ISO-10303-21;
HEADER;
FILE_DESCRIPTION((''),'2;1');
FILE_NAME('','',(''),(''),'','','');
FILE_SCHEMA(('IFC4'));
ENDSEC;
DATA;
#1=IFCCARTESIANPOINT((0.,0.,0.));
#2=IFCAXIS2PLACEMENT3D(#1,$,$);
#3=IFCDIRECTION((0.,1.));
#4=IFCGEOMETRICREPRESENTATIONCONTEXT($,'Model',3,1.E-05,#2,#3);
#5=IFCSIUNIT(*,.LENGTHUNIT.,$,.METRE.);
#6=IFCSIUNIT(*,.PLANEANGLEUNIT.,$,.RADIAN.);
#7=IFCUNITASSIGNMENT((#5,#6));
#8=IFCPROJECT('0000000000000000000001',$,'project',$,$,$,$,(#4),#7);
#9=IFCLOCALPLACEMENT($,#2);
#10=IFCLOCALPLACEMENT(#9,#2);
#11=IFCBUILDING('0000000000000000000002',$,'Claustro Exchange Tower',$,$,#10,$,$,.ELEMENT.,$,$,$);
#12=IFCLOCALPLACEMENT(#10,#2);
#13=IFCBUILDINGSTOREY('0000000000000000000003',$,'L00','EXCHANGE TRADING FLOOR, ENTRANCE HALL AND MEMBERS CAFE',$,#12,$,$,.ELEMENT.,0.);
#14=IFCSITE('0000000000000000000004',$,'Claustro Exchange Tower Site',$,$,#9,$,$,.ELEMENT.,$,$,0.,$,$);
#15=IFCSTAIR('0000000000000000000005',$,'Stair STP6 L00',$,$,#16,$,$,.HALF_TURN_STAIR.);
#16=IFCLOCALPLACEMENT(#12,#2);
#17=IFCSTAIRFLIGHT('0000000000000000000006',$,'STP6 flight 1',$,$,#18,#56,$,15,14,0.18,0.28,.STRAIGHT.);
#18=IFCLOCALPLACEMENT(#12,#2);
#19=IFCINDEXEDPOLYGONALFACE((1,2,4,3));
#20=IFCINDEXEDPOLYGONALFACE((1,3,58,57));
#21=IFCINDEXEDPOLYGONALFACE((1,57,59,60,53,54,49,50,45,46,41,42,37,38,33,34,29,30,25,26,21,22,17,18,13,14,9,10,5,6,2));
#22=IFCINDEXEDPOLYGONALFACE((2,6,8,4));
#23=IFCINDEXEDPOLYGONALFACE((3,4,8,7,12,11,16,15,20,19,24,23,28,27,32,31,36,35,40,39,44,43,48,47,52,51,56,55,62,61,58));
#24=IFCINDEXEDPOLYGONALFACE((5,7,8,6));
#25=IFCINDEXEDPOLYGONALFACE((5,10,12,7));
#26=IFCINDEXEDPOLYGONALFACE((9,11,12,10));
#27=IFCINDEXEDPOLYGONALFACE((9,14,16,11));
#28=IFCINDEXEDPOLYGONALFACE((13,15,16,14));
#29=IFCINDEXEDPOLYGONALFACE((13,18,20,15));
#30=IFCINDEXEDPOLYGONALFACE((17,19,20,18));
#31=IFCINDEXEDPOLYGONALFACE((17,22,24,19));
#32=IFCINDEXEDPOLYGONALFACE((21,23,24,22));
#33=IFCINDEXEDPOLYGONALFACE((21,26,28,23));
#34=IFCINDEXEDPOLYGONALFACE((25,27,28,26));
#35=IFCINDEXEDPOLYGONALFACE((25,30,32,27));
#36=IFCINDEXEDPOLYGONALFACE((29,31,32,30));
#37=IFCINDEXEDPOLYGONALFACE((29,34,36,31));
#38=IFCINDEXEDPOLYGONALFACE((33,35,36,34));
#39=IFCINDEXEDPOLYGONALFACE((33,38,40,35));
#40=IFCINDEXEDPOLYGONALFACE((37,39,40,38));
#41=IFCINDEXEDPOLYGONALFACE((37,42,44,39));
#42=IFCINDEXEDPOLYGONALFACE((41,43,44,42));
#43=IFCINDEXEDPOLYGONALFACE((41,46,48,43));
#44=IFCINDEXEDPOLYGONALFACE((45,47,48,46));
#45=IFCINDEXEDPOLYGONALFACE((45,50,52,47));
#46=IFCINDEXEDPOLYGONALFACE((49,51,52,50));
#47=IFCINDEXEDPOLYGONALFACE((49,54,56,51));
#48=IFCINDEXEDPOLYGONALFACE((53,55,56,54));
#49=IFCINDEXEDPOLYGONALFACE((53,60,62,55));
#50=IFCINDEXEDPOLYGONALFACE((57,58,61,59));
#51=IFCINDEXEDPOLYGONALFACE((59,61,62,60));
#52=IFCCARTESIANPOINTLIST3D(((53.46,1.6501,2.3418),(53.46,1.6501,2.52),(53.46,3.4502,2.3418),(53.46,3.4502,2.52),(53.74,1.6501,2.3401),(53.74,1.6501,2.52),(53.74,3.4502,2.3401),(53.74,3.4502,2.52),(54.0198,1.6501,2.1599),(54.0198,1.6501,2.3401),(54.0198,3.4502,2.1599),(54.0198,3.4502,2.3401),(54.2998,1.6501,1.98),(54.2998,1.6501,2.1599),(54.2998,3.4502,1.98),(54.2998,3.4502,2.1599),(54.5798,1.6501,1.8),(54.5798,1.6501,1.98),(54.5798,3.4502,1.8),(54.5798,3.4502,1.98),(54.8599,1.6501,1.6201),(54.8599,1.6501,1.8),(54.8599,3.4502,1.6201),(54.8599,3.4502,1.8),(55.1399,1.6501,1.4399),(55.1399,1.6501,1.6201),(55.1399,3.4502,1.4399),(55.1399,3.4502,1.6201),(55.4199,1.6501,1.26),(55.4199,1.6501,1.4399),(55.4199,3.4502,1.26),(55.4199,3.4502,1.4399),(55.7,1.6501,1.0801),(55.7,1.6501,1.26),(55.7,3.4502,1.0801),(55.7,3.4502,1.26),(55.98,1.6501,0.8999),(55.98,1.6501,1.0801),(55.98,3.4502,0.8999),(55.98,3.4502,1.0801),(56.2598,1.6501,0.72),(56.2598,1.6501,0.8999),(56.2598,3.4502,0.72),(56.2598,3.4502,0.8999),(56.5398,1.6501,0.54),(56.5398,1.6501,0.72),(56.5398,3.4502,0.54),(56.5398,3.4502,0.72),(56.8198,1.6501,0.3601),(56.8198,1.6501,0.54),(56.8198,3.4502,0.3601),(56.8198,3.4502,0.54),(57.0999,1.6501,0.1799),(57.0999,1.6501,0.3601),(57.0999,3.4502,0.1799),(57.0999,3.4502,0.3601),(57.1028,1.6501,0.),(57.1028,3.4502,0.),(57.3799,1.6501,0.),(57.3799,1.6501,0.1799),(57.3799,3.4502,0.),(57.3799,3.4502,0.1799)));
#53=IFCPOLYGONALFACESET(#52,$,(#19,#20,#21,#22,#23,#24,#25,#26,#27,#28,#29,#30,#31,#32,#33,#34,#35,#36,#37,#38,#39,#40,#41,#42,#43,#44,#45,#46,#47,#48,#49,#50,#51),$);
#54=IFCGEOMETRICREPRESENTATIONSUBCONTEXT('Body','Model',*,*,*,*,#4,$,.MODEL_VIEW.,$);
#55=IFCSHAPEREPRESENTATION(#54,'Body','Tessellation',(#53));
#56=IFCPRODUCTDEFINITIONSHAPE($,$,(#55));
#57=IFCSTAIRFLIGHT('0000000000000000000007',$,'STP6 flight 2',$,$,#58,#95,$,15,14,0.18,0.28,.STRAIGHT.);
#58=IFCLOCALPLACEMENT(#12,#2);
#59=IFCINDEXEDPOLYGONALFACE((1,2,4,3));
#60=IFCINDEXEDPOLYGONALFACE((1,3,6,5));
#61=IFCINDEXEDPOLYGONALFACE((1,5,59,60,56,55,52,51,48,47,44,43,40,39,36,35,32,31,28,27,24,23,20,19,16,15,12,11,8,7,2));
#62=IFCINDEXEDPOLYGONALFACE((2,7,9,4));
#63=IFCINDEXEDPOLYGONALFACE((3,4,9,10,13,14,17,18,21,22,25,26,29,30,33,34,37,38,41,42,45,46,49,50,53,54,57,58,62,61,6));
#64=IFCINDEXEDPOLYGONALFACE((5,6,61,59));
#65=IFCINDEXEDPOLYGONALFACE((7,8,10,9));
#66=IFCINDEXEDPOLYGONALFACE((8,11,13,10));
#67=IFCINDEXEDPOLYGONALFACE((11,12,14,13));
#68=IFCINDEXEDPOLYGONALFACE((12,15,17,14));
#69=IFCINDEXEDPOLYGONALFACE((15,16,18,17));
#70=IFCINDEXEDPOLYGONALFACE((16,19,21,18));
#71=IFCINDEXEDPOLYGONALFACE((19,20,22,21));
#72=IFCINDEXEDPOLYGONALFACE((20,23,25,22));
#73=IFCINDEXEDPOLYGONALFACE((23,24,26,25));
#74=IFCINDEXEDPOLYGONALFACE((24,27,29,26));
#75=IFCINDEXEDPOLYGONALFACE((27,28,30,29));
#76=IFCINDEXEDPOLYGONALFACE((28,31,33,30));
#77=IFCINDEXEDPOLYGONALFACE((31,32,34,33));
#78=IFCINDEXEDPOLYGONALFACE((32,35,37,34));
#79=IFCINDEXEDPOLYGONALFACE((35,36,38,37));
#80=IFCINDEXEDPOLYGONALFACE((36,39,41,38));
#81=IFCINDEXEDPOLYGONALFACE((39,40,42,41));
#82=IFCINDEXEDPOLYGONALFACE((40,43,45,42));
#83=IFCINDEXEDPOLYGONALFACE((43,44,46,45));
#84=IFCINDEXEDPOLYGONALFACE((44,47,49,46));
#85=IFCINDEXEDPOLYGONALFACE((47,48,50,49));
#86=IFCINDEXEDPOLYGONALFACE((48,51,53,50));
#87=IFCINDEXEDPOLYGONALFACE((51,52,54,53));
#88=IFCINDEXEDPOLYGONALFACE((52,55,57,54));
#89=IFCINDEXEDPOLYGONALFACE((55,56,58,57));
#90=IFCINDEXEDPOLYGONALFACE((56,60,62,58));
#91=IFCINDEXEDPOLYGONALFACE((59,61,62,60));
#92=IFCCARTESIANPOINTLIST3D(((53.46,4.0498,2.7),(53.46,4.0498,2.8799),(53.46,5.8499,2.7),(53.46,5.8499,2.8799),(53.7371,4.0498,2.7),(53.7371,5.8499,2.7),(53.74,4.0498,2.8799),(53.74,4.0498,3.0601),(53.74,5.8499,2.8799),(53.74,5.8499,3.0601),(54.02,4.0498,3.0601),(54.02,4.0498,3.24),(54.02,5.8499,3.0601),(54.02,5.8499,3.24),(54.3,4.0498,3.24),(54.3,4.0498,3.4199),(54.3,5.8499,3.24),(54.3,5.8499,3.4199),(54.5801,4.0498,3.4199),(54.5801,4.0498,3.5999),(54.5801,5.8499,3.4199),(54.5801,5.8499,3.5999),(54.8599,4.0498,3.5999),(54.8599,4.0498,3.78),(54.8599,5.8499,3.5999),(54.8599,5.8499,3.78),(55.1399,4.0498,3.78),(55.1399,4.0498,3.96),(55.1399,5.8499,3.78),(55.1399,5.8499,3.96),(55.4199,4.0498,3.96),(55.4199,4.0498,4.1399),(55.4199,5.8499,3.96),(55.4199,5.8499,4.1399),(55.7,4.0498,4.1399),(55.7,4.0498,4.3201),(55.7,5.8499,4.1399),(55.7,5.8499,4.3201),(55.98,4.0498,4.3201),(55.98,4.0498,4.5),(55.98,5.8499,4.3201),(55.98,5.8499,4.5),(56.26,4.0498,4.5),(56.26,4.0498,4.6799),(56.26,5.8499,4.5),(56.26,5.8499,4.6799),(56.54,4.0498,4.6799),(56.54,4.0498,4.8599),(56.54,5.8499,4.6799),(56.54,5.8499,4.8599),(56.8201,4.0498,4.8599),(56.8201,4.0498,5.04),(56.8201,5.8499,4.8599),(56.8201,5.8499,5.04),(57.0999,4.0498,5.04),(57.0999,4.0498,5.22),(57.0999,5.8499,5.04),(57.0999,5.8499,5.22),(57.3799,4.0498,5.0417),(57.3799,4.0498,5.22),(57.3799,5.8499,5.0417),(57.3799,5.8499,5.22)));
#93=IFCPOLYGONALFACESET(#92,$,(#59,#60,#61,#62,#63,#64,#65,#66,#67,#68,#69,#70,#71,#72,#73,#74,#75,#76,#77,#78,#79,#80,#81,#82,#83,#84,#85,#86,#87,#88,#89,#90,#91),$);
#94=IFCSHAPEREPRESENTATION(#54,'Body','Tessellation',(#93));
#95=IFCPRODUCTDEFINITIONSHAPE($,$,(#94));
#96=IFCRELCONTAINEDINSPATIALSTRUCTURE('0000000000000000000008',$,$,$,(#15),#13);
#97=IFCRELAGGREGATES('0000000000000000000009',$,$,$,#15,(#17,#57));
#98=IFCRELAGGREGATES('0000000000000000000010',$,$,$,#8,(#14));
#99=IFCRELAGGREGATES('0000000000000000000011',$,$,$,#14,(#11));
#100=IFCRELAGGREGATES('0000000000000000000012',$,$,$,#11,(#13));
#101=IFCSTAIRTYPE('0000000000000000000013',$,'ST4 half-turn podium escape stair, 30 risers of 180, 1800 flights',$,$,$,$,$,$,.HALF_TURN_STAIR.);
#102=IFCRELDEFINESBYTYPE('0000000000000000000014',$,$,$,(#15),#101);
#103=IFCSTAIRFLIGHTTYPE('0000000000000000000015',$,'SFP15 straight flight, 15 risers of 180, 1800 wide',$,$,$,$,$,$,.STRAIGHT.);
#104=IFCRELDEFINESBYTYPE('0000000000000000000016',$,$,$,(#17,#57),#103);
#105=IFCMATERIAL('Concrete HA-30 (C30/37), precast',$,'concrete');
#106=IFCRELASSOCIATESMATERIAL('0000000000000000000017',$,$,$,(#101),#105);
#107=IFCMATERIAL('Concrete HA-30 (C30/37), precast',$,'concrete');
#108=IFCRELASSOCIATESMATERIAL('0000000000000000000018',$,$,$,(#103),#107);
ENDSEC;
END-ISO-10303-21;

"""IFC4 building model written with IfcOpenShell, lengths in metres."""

from ifc_helpers import new_model, si_unit, direction, frame, origin, place, context, subcontext, project, spatial, polyline, outline, extrude, material, type_object, element, aggregate, save


model = new_model("IFC4")

# Units and contexts
model_context = context("Model", 3, precision=1e-05, world=origin(), true_north=direction((0.0, 1.0)))
body_context = subcontext(model_context, "Body", "Model", "MODEL_VIEW")
ifc_project = project(units=[si_unit("LENGTHUNIT", "METRE"), si_unit("PLANEANGLEUNIT", "RADIAN")], contexts=[model_context])

# Site, building, storey
site_placement = place(None, origin())
site = spatial("IfcSite", under=ifc_project, at=site_placement, Name="Claustro Exchange Tower Site", CompositionType="ELEMENT", RefElevation=0.0)
building_placement = place(site_placement, origin())
building = spatial("IfcBuilding", under=site, at=building_placement, Name="Claustro Exchange Tower", CompositionType="ELEMENT")
storey_placement = place(building_placement, origin())
storey = spatial("IfcBuildingStorey", under=building, at=storey_placement, Name="L00", Description="EXCHANGE TRADING FLOOR, ENTRANCE HALL AND MEMBERS CAFE", CompositionType="ELEMENT", Elevation=0.0)

# Stair, stair flights
ifc_material_1 = material(Name="Concrete HA-30 (C30/37), precast", Category="concrete")
stair_type = type_object("IfcStairType", Name="ST4 half-turn podium escape stair, 30 risers of 180, 1800 flights", PredefinedType="HALF_TURN_STAIR", material=ifc_material_1)
stair_placement = place(storey_placement, origin())
stair = element("IfcStair", 1, at=stair_placement, inside=storey, type_object=stair_type, Name="Stair STP6 L00", PredefinedType="HALF_TURN_STAIR")
ifc_material_2 = material(Name="Concrete HA-30 (C30/37), precast", Category="concrete")
stair_flight_type = type_object("IfcStairFlightType", Name="SFP15 straight flight, 15 risers of 180, 1800 wide", PredefinedType="STRAIGHT", material=ifc_material_2)
stair_flight_1_placement = place(storey_placement, frame((57.3799, 2.55, 0.0), z_axis=(0.0, 0.0, 1.0), x_axis=(-1.0, 0.0, 0.0)))
stair_flight_1 = element("IfcStairFlight", 2, at=stair_flight_1_placement, type_object=stair_flight_type, Name="STP6 flight 1", NumberOfRisers=15, NumberOfTreads=14, PredefinedType="STRAIGHT", RiserHeight=0.18, TreadLength=0.28, context=body_context, shape_type="SweptSolid", body=[
    extrude(outline(polyline([(0.0, 0.0), (0.0, 0.1799), (0.28, 0.1799), (0.28, 0.3601), (0.5601, 0.3601), (0.5601, 0.54), (0.8401, 0.54), (0.8401, 0.72), (1.1201, 0.72), (1.1201, 0.8999), (1.3999, 0.8999), (1.3999, 1.0801), (1.6799, 1.0801), (1.6799, 1.26), (1.96, 1.26), (1.96, 1.4399), (2.24, 1.4399), (2.24, 1.6201), (2.52, 1.6201), (2.52, 1.8), (2.8, 1.8), (2.8, 1.98), (3.0801, 1.98), (3.0801, 2.1599), (3.3601, 2.1599), (3.3601, 2.3401), (3.6399, 2.3401), (3.6399, 2.52), (3.9199, 2.52), (3.9199, 2.7), (3.9199, 2.3418), (0.2771, 0.0), (0.0, 0.0)])), frame((0.0, 0.8999, 0.0), z_axis=(0.0, -1.0, 0.0), x_axis=(1.0, 0.0, 0.0)), (0.0, 0.0, 1.0), 1.8),
])
stair_flight_2_placement = place(storey_placement, frame((53.46, 4.95, 2.7), z_axis=(0.0, 0.0, 1.0), x_axis=(1.0, 0.0, 0.0)))
stair_flight_2 = element("IfcStairFlight", 3, at=stair_flight_2_placement, type_object=stair_flight_type, Name="STP6 flight 2", NumberOfRisers=15, NumberOfTreads=14, PredefinedType="STRAIGHT", RiserHeight=0.18, TreadLength=0.28, context=body_context, shape_type="SweptSolid", body=[
    extrude(outline(polyline([(0.0, 0.0), (0.0, 0.1799), (0.28, 0.1799), (0.28, 0.3601), (0.5601, 0.3601), (0.5601, 0.54), (0.8401, 0.54), (0.8401, 0.72), (1.1201, 0.72), (1.1201, 0.8999), (1.3999, 0.8999), (1.3999, 1.0801), (1.6799, 1.0801), (1.6799, 1.26), (1.96, 1.26), (1.96, 1.4399), (2.24, 1.4399), (2.24, 1.6201), (2.52, 1.6201), (2.52, 1.8), (2.8, 1.8), (2.8, 1.98), (3.0801, 1.98), (3.0801, 2.1599), (3.3601, 2.1599), (3.3601, 2.3401), (3.6399, 2.3401), (3.6399, 2.52), (3.9199, 2.52), (3.9199, 2.7), (3.9199, 2.3418), (0.2771, 0.0), (0.0, 0.0)])), frame((0.0, 0.8999, 0.0), z_axis=(0.0, -1.0, 0.0), x_axis=(1.0, 0.0, 0.0)), (0.0, 0.0, 1.0), 1.8),
])
aggregate(stair, [stair_flight_1, stair_flight_2])

save(model, "model.ifc")
